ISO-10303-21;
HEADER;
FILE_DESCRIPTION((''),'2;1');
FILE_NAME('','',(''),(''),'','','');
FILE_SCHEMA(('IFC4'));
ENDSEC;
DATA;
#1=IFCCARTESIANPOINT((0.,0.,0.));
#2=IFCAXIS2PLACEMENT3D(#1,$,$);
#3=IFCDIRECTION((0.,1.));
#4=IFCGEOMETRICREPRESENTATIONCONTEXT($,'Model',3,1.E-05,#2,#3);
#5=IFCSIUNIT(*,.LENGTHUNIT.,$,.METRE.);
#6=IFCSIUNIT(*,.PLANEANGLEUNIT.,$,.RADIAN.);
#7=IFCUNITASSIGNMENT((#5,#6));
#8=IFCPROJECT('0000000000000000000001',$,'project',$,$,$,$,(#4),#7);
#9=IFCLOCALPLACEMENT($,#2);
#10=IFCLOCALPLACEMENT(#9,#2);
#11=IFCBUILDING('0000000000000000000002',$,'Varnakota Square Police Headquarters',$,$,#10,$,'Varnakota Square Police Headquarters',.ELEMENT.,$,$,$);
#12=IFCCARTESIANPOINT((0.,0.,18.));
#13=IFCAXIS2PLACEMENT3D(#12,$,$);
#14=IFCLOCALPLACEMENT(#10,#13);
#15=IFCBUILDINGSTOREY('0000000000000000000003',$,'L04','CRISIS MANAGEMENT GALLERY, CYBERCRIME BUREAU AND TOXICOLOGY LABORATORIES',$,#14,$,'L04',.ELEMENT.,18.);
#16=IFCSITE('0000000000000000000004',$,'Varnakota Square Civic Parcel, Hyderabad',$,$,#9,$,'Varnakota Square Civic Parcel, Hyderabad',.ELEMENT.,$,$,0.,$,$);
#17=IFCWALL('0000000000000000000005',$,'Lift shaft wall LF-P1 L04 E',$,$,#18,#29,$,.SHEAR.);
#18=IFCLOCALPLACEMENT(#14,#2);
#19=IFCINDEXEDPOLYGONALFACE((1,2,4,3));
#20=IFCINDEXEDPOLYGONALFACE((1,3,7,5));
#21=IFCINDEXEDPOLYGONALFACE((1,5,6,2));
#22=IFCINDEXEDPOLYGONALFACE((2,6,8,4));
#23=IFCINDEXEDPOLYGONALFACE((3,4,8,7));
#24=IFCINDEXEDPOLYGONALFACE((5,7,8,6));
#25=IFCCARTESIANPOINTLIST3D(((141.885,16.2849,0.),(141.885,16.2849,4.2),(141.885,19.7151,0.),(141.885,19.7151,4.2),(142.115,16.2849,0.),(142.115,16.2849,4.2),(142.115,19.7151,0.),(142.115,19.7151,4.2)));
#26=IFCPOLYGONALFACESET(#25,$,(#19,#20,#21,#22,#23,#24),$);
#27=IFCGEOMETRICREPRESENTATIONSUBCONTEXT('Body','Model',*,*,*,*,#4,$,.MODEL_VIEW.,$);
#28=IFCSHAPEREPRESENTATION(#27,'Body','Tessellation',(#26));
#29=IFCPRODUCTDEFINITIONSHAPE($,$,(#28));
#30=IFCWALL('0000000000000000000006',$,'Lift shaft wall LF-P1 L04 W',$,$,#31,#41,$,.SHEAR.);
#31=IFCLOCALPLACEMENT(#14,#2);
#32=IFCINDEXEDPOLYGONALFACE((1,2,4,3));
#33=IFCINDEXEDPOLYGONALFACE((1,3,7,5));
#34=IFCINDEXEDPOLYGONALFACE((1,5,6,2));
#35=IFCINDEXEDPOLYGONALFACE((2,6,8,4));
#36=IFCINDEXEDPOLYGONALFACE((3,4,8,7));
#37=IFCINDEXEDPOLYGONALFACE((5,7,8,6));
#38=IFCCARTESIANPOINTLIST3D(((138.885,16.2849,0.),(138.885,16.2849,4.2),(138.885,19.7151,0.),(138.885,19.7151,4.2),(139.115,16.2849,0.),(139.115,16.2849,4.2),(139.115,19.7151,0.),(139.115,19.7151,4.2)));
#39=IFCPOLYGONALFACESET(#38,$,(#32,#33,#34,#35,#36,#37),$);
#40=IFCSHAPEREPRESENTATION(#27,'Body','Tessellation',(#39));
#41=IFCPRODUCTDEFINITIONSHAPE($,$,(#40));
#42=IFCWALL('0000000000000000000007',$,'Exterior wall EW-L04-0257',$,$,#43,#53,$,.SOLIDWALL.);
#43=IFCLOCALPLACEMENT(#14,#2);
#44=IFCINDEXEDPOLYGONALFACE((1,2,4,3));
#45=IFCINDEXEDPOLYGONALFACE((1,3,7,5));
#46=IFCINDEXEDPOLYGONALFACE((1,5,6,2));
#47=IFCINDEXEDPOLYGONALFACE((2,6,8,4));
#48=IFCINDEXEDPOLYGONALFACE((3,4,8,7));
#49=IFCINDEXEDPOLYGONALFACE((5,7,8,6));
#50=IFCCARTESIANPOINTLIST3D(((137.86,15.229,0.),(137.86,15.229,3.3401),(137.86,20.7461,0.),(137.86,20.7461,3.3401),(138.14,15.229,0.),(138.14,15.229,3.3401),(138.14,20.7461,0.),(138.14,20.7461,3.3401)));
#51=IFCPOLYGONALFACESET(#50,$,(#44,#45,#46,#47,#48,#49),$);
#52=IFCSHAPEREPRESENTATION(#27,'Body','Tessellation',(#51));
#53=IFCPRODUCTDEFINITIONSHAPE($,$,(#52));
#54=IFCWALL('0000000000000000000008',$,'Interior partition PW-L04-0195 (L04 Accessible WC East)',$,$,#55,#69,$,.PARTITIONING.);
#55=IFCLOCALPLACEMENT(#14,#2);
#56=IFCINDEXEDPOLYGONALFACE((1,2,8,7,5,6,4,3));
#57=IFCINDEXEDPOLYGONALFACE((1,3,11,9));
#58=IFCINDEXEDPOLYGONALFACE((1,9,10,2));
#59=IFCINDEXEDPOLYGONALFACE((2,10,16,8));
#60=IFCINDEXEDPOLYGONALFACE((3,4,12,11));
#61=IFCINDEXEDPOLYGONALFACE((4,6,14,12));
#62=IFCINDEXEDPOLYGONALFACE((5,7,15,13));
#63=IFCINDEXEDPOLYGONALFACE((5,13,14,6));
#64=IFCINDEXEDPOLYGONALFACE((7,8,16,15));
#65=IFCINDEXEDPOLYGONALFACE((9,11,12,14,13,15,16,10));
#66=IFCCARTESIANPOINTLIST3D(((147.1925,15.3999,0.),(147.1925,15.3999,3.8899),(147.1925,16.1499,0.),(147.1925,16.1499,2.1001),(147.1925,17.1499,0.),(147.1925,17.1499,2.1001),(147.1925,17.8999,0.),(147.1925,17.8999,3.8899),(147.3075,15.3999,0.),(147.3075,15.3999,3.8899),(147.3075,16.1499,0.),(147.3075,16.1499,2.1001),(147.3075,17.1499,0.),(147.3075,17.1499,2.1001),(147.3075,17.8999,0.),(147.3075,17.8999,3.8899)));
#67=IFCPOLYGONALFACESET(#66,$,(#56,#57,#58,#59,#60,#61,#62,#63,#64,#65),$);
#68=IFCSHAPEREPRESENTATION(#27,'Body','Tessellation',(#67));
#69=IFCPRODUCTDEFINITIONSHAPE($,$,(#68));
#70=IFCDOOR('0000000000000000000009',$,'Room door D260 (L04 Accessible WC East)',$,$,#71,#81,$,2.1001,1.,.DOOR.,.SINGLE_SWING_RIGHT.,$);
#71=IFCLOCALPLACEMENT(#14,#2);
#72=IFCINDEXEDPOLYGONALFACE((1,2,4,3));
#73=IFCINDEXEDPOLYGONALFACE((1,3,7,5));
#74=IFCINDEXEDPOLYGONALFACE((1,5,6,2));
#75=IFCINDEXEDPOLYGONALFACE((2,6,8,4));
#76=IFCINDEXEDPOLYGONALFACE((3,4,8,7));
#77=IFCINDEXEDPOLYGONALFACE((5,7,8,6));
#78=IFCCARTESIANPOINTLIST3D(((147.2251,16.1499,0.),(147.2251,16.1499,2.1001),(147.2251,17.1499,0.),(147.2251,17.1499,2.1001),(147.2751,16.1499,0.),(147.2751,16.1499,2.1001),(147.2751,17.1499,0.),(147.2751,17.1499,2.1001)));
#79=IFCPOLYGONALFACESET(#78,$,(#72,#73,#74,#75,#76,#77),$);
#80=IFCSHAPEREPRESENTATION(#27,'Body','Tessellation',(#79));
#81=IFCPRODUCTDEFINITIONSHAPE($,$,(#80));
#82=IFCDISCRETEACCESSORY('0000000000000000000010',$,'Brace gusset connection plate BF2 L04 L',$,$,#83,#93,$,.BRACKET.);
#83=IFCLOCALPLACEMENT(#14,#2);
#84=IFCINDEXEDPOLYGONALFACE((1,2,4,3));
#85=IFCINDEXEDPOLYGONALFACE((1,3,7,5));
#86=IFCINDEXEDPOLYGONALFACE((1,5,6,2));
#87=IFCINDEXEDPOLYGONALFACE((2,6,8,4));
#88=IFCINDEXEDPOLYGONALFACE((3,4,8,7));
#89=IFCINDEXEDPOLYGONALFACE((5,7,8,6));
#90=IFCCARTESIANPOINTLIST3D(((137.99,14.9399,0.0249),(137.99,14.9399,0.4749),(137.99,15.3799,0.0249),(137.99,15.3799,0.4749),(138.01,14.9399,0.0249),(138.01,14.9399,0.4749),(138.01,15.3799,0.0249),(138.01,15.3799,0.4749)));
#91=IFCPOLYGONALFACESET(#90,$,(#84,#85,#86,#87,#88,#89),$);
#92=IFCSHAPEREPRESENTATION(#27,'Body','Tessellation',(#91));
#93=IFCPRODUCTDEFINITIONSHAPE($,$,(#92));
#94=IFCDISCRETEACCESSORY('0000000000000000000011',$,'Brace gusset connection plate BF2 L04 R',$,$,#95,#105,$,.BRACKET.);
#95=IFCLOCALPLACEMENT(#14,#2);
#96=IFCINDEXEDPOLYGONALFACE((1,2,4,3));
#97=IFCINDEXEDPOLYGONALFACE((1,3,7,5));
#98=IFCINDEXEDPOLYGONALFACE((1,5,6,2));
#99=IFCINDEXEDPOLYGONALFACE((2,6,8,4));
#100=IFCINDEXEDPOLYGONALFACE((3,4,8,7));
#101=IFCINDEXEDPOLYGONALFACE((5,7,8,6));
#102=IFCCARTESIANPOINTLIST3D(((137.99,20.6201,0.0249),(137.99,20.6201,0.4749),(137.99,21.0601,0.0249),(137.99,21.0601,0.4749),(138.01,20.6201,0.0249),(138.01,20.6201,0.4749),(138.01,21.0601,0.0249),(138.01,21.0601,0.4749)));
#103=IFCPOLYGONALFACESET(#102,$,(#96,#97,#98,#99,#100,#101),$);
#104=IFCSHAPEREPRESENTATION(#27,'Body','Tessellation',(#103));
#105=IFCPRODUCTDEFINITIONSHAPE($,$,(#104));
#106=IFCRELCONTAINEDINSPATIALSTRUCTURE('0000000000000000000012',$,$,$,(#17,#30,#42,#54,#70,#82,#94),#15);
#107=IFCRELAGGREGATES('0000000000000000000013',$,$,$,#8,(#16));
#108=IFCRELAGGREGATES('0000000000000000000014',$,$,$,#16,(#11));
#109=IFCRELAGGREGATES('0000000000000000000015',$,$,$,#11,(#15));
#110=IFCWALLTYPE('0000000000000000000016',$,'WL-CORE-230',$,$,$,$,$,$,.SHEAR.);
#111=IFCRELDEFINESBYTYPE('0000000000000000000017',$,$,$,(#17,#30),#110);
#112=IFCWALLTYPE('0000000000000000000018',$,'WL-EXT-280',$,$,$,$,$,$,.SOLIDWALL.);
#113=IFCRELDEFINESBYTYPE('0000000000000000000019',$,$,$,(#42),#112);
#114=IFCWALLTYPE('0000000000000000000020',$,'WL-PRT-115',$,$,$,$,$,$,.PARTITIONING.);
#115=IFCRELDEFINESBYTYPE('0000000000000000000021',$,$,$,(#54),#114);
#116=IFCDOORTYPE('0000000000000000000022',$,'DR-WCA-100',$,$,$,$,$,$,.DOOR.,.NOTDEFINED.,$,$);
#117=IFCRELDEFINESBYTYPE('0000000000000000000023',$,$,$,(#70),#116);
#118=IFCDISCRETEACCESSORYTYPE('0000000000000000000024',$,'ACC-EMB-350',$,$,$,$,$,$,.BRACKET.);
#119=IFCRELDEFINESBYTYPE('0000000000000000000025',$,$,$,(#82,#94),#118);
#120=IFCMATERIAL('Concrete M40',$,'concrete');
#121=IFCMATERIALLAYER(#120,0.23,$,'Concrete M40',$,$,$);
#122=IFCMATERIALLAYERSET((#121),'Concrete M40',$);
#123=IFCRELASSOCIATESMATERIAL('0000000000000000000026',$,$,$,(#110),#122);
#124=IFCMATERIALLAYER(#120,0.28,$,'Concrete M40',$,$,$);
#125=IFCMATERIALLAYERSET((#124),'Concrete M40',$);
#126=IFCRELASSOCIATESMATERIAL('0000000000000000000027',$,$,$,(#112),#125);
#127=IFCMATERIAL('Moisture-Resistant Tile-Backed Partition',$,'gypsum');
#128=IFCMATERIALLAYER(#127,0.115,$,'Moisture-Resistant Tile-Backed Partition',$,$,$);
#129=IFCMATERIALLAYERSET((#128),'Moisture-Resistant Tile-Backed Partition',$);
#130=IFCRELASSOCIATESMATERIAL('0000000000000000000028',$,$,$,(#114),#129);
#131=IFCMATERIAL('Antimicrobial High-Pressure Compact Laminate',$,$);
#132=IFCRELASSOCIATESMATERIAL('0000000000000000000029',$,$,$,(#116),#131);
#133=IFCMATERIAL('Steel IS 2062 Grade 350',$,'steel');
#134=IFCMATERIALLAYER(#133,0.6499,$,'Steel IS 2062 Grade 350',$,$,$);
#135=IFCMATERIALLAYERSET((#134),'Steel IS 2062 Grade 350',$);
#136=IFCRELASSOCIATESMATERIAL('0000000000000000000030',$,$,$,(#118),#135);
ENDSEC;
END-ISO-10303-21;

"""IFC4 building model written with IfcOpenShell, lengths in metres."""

from ifc_helpers import new_model, si_unit, direction, frame, frame_2d, origin, origin_2d, place, context, subcontext, project, spatial, rectangle, extrude, material, layer, layer_set, type_object, element, fill, save


model = new_model("IFC4")

# Units and contexts
model_context = context("Model", 3, precision=1e-05, world=origin(), true_north=direction((0.0, 1.0)))
body_context = subcontext(model_context, "Body", "Model", "MODEL_VIEW")
ifc_project = project(units=[si_unit("LENGTHUNIT", "METRE"), si_unit("PLANEANGLEUNIT", "RADIAN")], contexts=[model_context])

# Site, building, storey
site_placement = place(None, origin())
site = spatial("IfcSite", under=ifc_project, at=site_placement, Name="Varnakota Square Civic Parcel, Hyderabad", LongName="Varnakota Square Civic Parcel, Hyderabad", CompositionType="ELEMENT", RefElevation=0.0)
building_placement = place(site_placement, origin())
building = spatial("IfcBuilding", under=site, at=building_placement, Name="Varnakota Square Police Headquarters", LongName="Varnakota Square Police Headquarters", CompositionType="ELEMENT")
storey_placement = place(building_placement, frame((0.0, 0.0, 18.0)))
storey = spatial("IfcBuildingStorey", under=building, at=storey_placement, Name="L04", Description="CRISIS MANAGEMENT GALLERY, CYBERCRIME BUREAU AND TOXICOLOGY LABORATORIES", LongName="L04", CompositionType="ELEMENT", Elevation=18.0)

# Shared definitions
ifc_material_1 = material(Name="Steel IS 2062 Grade 350", Category="steel")

# Wall
ifc_material_2 = material(Name="Concrete M40", Category="concrete")
ifc_layer_1 = layer(ifc_material_2, 0.23, Name="Concrete M40")
ifc_layer_set_1 = layer_set([ifc_layer_1], Name="Concrete M40")
wall_type_1 = type_object("IfcWallType", Name="WL-CORE-230", PredefinedType="SHEAR", material=ifc_layer_set_1)
wall_1_placement = place(storey_placement, frame((142.0, 16.2849, 0.0), z_axis=(0.0, 0.0, 1.0), x_axis=(0.0, 1.0, 0.0)))
element("IfcWall", 1, at=wall_1_placement, inside=storey, type_object=wall_type_1, Name="Lift shaft wall LF-P1 L04 E", PredefinedType="SHEAR", context=body_context, shape_type="SweptSolid", body=[
    extrude(rectangle(XDim=3.4302, YDim=0.23, at=frame_2d((1.7151, 0.0))), origin(), (0.0, 0.0, 1.0), 4.2),
])

# Walls
wall_2_placement = place(storey_placement, frame((139.0, 19.7151, 0.0), z_axis=(0.0, 0.0, 1.0), x_axis=(0.0, -1.0, 0.0)))
element("IfcWall", 2, at=wall_2_placement, inside=storey, type_object=wall_type_1, Name="Lift shaft wall LF-P1 L04 W", PredefinedType="SHEAR", context=body_context, shape_type="SweptSolid", body=[
    extrude(rectangle(XDim=3.4302, YDim=0.23, at=frame_2d((1.7151, 0.0))), origin(), (0.0, 0.0, 1.0), 4.2),
])
ifc_layer_2 = layer(ifc_material_2, 0.28, Name="Concrete M40")
ifc_layer_set_2 = layer_set([ifc_layer_2], Name="Concrete M40")
wall_type_2 = type_object("IfcWallType", Name="WL-EXT-280", PredefinedType="SOLIDWALL", material=ifc_layer_set_2)
wall_3_placement = place(storey_placement, frame((138.0, 15.229, 0.0), z_axis=(0.0, 0.0, 1.0), x_axis=(0.0, 1.0, 0.0)))
element("IfcWall", 3, at=wall_3_placement, inside=storey, type_object=wall_type_2, Name="Exterior wall EW-L04-0257", PredefinedType="SOLIDWALL", context=body_context, shape_type="SweptSolid", body=[
    extrude(rectangle(XDim=5.5171, YDim=0.28, at=frame_2d((2.7585, 0.0))), origin(), (0.0, 0.0, 1.0), 3.3401),
])

# Wall, opening, door
ifc_material_3 = material(Name="Moisture-Resistant Tile-Backed Partition", Category="gypsum")
ifc_layer_3 = layer(ifc_material_3, 0.115, Name="Moisture-Resistant Tile-Backed Partition")
ifc_layer_set_3 = layer_set([ifc_layer_3], Name="Moisture-Resistant Tile-Backed Partition")
wall_type_3 = type_object("IfcWallType", Name="WL-PRT-115", PredefinedType="PARTITIONING", material=ifc_layer_set_3)
wall_4_placement = place(storey_placement, frame((147.25, 15.3999, 0.0), z_axis=(0.0, 0.0, 1.0), x_axis=(0.0, 1.0, 0.0)))
wall_4 = element("IfcWall", 4, at=wall_4_placement, inside=storey, type_object=wall_type_3, Name="Interior partition PW-L04-0195 (L04 Accessible WC East)", PredefinedType="PARTITIONING", context=body_context, shape_type="SweptSolid", body=[
    extrude(rectangle(XDim=2.5, YDim=0.115, at=frame_2d((1.25, 0.0))), origin(), (0.0, 0.0, 1.0), 3.8899),
])
opening_1_placement = place(wall_4_placement, frame((0.75, 0.0, 0.0)))
opening_1 = element("IfcOpeningElement", 5, at=opening_1_placement, cuts=wall_4, PredefinedType="OPENING", context=body_context, shape_type="SweptSolid", body=[
    extrude(rectangle(XDim=1.0, YDim=2.1001, at=frame_2d((0.5, 1.05))), frame((0.0, 0.0674, 0.0), z_axis=(0.0, -1.0, 0.0), x_axis=(1.0, 0.0, 0.0)), (0.0, 0.0, 1.0), 0.135),
])
ifc_material_4 = material(Name="Antimicrobial High-Pressure Compact Laminate")
door_type_1 = type_object("IfcDoorType", Name="DR-WCA-100", OperationType="NOTDEFINED", PredefinedType="DOOR", material=ifc_material_4)
door_1_placement = place(opening_1_placement, origin())
door_1 = element("IfcDoor", 6, at=door_1_placement, inside=storey, type_object=door_type_1, Name="Room door D260 (L04 Accessible WC East)", OperationType="SINGLE_SWING_RIGHT", OverallHeight=2.1001, OverallWidth=1.0, PredefinedType="DOOR", context=body_context, shape_type="SweptSolid", body=[
    extrude(rectangle(XDim=1.0, YDim=2.1001, at=frame_2d((0.5, 1.05))), frame((0.0, 0.0249, 0.0), z_axis=(0.0, -1.0, 0.0), x_axis=(1.0, 0.0, 0.0)), (0.0, 0.0, 1.0), 0.05),
])
fill(opening_1, door_1)

# Discrete accessories
ifc_layer_4 = layer(ifc_material_1, 0.6499, Name="Steel IS 2062 Grade 350")
ifc_layer_set_4 = layer_set([ifc_layer_4], Name="Steel IS 2062 Grade 350")
discrete_accessory_type = type_object("IfcDiscreteAccessoryType", Name="ACC-EMB-350", PredefinedType="BRACKET", material=ifc_layer_set_4)
for number, where, z_axis, x_axis, name in (
    (7, (138.0, 15.1599, 0.0249), (0.0, 0.0, 1.0), (0.0, 1.0, 0.0), "Brace gusset connection plate BF2 L04 L"),
    (8, (138.0, 20.8401, 0.0249), (0.0, 0.0, 1.0), (0.0, 1.0, 0.0), "Brace gusset connection plate BF2 L04 R"),
):
    element("IfcDiscreteAccessory", number, at=place(storey_placement, frame(where, z_axis=z_axis, x_axis=x_axis)), inside=storey, type_object=discrete_accessory_type, Name=name, PredefinedType="BRACKET", context=body_context, shape_type="SweptSolid", body=[
        extrude(rectangle(XDim=0.4399, YDim=0.02, at=origin_2d()), origin(), (0.0, 0.0, 1.0), 0.45),
    ])

save(model, "model.ifc")
